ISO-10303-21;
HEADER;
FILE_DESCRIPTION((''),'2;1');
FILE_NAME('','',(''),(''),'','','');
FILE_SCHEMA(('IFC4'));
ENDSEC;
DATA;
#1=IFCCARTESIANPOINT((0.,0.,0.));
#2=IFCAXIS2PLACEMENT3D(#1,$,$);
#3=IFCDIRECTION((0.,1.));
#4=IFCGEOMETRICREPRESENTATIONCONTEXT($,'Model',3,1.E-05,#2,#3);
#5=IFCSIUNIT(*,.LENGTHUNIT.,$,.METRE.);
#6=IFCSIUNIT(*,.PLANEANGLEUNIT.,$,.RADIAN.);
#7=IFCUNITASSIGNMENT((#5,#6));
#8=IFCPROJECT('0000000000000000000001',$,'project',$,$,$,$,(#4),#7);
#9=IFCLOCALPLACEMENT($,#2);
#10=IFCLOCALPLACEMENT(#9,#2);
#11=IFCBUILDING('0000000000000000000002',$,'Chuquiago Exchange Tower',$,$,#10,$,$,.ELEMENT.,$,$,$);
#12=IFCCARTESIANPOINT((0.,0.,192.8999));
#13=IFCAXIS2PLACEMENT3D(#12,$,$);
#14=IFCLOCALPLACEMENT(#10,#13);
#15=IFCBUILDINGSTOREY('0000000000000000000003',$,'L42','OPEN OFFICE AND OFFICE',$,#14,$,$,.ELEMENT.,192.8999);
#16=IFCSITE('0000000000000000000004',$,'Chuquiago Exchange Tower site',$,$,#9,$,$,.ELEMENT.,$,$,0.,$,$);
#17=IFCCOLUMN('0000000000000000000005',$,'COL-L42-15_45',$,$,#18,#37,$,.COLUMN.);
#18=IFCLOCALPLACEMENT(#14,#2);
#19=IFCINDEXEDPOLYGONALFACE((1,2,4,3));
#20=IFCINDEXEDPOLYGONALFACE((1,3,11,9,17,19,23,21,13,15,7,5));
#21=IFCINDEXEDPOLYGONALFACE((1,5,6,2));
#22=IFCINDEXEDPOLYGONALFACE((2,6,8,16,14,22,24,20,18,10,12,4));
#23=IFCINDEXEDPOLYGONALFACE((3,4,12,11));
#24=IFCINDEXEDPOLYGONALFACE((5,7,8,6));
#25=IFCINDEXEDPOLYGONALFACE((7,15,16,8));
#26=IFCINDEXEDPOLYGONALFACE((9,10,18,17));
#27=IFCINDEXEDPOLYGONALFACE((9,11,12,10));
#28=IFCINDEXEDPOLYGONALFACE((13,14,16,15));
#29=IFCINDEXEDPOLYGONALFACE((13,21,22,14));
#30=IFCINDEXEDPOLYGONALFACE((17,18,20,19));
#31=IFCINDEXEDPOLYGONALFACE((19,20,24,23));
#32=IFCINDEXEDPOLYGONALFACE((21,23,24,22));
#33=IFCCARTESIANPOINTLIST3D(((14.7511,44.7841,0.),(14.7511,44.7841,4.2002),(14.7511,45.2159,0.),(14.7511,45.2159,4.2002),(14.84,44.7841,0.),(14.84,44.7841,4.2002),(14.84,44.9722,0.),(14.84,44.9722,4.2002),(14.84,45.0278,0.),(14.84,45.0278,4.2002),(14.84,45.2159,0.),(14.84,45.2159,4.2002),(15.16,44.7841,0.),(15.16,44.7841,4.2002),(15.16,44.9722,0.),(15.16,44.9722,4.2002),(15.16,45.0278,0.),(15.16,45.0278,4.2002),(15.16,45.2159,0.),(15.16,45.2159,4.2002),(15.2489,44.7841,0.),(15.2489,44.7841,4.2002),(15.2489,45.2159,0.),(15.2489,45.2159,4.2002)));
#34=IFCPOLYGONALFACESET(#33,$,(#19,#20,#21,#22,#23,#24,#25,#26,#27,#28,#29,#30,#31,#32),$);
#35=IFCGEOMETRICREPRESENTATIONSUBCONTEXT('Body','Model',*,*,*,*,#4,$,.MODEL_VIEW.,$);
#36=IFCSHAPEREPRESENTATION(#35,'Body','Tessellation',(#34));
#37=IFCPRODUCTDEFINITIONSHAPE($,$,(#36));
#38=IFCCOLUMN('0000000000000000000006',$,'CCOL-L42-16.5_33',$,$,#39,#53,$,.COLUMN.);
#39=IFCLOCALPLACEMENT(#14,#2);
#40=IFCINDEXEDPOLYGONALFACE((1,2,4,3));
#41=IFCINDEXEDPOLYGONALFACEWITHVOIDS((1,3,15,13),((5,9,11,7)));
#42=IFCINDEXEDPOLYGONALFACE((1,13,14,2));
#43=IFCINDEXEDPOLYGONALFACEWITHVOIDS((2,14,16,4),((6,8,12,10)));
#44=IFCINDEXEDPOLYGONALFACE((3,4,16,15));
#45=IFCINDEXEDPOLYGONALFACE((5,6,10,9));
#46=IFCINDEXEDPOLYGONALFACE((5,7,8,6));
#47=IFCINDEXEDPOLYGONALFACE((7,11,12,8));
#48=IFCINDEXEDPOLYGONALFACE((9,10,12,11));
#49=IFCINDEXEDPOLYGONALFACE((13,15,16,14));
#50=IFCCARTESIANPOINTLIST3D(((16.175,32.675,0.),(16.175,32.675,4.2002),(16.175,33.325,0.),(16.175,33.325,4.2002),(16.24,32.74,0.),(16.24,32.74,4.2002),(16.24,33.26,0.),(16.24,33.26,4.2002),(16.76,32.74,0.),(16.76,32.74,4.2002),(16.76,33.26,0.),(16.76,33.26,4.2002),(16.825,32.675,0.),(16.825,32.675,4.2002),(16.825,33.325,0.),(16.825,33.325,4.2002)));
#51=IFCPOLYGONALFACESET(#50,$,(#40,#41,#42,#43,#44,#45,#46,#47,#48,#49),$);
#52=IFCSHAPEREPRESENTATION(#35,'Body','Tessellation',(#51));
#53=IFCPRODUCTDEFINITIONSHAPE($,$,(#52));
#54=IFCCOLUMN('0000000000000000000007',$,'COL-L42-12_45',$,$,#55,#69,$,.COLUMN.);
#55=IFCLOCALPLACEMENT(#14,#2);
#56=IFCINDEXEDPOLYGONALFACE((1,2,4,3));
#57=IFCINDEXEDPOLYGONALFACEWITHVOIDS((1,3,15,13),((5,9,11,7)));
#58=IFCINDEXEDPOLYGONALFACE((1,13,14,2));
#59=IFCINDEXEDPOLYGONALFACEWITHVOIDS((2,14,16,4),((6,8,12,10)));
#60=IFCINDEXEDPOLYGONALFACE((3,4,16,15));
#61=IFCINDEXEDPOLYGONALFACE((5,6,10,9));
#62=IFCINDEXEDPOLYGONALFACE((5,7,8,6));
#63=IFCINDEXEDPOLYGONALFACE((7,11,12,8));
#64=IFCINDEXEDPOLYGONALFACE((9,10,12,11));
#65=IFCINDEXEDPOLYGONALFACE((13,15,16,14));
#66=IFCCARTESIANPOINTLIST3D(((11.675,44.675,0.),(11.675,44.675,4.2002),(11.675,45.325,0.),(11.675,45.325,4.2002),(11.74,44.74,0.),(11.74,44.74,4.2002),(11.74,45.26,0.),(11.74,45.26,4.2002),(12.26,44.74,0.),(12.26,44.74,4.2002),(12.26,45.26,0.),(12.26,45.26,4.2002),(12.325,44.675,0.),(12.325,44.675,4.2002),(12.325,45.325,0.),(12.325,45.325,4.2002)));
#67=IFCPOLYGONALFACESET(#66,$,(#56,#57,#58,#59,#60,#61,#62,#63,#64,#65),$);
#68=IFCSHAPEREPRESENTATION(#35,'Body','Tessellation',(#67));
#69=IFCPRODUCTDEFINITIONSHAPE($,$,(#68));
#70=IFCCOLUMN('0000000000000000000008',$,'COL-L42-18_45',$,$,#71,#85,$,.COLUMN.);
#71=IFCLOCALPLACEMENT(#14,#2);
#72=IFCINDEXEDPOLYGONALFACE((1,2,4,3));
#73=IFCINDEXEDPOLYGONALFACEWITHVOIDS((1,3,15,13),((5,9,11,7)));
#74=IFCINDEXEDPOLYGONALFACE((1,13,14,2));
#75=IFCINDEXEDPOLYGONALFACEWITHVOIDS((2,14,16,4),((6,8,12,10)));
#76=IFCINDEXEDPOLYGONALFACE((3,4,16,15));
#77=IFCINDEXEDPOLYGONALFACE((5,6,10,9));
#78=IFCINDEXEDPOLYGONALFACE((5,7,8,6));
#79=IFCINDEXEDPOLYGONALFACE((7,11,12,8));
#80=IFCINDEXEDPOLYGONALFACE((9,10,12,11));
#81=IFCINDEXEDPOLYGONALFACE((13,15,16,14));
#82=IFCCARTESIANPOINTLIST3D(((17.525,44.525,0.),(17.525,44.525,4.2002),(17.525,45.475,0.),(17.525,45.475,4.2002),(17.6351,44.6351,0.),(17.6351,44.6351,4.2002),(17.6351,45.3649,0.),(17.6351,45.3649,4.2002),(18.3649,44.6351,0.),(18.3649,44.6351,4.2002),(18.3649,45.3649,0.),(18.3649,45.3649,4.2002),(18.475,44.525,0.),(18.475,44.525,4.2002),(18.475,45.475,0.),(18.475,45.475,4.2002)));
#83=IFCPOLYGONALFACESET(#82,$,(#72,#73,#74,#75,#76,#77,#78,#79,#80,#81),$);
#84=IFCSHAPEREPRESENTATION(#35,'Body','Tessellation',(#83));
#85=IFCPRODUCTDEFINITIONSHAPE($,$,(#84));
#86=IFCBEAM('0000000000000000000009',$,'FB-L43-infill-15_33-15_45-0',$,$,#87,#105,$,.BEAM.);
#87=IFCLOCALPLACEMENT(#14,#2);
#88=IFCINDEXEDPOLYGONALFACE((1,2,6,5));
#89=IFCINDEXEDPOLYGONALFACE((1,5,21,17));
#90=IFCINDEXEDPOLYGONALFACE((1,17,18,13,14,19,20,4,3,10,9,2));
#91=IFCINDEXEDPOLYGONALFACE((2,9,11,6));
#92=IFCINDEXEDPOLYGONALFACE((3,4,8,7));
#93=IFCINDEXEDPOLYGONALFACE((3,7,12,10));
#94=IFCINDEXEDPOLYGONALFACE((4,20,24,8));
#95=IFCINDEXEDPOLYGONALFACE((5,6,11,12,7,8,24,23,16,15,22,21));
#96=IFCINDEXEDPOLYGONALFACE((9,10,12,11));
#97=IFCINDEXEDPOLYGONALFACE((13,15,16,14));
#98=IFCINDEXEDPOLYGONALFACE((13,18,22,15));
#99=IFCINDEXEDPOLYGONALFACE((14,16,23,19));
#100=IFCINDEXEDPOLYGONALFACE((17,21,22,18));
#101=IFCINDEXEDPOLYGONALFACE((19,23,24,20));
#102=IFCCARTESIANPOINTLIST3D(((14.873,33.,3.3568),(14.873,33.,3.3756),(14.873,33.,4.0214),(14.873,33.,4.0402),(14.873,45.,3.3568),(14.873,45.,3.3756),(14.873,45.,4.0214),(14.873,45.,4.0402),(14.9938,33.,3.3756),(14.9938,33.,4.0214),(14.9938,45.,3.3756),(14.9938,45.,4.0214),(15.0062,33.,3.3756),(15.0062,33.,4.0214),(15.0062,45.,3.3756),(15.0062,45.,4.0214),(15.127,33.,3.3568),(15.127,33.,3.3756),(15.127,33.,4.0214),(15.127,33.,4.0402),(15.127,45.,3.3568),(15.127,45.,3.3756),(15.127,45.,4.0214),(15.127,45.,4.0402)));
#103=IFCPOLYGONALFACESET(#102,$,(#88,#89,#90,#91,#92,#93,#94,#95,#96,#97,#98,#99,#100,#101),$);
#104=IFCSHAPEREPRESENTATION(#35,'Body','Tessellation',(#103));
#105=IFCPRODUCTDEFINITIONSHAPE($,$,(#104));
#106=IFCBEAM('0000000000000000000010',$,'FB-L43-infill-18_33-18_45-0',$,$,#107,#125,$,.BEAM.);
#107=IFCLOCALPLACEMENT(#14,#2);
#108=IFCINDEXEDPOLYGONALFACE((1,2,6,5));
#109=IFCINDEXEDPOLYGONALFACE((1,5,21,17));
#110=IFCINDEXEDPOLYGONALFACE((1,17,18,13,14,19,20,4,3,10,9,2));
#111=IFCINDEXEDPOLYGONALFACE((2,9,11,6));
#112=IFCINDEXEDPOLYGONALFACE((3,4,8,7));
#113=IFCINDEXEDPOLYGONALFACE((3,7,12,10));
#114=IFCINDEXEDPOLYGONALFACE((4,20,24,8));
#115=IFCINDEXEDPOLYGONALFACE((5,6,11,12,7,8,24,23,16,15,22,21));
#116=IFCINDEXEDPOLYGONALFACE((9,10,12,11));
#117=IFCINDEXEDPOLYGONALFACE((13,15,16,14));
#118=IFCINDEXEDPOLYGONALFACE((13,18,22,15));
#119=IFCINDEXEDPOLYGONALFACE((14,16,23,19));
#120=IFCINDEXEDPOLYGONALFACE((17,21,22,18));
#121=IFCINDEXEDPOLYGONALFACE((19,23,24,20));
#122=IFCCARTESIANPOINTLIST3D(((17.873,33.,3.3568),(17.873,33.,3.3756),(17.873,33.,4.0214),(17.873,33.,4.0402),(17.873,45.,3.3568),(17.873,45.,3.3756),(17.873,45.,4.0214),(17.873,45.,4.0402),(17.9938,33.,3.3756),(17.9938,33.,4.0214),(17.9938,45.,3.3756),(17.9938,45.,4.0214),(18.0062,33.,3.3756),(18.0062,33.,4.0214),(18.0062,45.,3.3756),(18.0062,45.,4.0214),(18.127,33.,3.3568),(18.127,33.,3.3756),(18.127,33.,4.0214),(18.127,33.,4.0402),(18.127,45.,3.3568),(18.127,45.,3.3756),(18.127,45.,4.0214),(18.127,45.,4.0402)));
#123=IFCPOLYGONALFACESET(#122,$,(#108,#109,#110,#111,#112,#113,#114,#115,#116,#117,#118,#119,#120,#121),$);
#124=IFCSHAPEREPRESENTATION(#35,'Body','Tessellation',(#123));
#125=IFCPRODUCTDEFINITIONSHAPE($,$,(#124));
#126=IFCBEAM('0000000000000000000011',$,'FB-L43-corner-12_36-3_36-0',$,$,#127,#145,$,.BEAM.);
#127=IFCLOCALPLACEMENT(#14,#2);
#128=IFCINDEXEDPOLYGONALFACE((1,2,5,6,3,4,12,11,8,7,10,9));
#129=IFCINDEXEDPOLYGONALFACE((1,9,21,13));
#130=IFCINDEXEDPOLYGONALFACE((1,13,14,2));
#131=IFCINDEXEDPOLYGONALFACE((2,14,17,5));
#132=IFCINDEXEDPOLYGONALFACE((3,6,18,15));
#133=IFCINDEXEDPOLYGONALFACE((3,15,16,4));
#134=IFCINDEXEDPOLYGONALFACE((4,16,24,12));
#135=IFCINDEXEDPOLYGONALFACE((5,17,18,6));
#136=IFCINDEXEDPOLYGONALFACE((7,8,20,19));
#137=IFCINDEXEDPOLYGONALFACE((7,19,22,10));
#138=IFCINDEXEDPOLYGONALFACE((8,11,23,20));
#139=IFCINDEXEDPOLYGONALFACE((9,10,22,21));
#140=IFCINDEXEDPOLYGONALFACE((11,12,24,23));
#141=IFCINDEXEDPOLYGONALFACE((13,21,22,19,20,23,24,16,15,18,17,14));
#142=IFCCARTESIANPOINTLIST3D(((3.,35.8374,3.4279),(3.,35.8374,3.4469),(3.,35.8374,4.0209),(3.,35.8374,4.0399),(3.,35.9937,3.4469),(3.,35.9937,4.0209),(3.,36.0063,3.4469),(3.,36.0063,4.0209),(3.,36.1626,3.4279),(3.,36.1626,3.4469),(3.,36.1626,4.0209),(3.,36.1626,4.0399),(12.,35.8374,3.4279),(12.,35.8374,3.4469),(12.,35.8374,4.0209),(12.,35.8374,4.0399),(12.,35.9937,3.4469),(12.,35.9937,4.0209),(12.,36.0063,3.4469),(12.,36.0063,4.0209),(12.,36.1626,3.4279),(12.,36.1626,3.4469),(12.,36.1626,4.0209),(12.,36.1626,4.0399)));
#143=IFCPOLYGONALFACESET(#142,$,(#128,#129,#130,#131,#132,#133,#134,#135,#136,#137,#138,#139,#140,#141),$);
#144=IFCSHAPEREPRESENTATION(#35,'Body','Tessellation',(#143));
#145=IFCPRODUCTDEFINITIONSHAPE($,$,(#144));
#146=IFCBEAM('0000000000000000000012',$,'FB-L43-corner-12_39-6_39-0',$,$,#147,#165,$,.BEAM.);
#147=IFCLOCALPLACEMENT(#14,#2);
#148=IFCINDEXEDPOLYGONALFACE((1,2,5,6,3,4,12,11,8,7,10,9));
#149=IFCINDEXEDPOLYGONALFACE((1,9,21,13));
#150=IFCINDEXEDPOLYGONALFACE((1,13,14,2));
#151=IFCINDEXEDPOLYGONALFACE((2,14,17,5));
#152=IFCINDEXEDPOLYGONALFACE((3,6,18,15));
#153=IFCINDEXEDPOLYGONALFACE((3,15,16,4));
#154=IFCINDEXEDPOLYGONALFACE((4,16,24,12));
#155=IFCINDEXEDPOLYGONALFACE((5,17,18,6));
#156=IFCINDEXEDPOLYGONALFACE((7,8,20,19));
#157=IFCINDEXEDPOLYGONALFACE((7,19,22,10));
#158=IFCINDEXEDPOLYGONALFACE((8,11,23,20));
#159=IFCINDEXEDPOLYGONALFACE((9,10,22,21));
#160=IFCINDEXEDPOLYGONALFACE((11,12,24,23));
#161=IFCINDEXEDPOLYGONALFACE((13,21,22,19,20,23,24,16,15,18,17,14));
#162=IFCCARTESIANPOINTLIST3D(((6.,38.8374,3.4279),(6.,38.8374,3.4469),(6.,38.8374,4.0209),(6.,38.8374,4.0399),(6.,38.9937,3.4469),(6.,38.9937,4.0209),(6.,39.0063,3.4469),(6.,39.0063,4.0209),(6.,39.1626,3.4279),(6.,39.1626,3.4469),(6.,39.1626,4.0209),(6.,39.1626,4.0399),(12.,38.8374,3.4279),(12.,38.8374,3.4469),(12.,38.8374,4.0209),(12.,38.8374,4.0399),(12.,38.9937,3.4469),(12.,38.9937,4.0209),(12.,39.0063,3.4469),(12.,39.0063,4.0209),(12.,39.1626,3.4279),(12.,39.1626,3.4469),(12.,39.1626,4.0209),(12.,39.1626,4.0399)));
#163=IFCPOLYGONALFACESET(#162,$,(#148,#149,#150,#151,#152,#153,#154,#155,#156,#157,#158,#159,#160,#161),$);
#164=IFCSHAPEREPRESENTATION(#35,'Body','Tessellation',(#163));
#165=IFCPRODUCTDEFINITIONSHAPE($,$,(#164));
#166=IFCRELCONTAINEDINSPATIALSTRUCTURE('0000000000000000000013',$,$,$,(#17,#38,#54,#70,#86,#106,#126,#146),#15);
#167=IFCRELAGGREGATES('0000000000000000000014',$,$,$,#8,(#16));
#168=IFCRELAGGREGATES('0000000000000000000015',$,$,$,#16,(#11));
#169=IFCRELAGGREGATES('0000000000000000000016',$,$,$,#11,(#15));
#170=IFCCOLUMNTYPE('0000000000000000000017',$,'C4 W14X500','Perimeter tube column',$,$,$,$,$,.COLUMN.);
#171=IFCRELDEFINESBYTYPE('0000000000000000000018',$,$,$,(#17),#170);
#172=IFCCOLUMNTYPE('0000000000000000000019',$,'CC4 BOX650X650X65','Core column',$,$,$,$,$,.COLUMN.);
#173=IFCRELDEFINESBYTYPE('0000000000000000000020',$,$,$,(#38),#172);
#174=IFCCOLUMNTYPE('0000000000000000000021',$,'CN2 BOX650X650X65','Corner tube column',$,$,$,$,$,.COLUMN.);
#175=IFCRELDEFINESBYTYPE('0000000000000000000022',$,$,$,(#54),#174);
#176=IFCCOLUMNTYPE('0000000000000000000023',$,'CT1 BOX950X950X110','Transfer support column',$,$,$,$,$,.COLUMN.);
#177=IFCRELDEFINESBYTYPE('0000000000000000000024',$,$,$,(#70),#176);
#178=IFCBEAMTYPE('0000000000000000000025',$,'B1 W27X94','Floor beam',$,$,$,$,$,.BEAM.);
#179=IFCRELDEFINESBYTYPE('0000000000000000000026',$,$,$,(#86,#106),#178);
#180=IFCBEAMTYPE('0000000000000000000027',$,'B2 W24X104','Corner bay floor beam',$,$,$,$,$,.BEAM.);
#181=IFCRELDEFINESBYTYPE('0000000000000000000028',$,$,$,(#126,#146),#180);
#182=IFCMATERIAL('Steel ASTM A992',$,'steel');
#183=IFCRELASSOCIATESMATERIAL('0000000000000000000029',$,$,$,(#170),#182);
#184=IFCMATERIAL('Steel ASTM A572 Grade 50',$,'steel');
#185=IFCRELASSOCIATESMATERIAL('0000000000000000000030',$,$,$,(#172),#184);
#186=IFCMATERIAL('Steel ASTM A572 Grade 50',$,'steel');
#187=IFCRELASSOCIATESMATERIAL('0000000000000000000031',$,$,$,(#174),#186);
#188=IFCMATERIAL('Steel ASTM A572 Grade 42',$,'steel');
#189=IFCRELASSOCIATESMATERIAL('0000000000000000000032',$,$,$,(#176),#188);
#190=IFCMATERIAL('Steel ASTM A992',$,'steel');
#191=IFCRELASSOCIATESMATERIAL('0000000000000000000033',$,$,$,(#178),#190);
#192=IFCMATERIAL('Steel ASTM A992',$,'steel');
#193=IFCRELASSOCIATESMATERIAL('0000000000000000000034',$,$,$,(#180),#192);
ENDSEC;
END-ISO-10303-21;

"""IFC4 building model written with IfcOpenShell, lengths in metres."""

from ifc_helpers import new_model, si_unit, direction, frame, origin, origin_2d, place, context, subcontext, project, spatial, hollow_rectangle, i_section, extrude, material, material_profile, profile_set, type_object, element, save


model = new_model("IFC4")

# Units and contexts
model_context = context("Model", 3, precision=1e-05, world=origin(), true_north=direction((0.0, 1.0)))
body_context = subcontext(model_context, "Body", "Model", "MODEL_VIEW")
ifc_project = project(units=[si_unit("LENGTHUNIT", "METRE"), si_unit("PLANEANGLEUNIT", "RADIAN")], contexts=[model_context])

# Site, building, storey
site_placement = place(None, origin())
site = spatial("IfcSite", under=ifc_project, at=site_placement, Name="Chuquiago Exchange Tower site", CompositionType="ELEMENT", RefElevation=0.0)
building_placement = place(site_placement, origin())
building = spatial("IfcBuilding", under=site, at=building_placement, Name="Chuquiago Exchange Tower", CompositionType="ELEMENT")
storey_placement = place(building_placement, frame((0.0, 0.0, 192.8999)))
storey = spatial("IfcBuildingStorey", under=building, at=storey_placement, Name="L42", Description="OPEN OFFICE AND OFFICE", CompositionType="ELEMENT", Elevation=192.8999)

# Columns
ifc_material_1 = material(Name="Steel ASTM A992", Category="steel")
ifc_material_profile_1 = material_profile(ifc_material_1, i_section(OverallWidth=0.4319, OverallDepth=0.4978, WebThickness=0.0557, FlangeThickness=0.0889, at=origin_2d()), Name="W14X500")
ifc_profile_set_1 = profile_set([ifc_material_profile_1], Name="Steel ASTM A992")
column_type_1 = type_object("IfcColumnType", Name="C4 W14X500", Description="Perimeter tube column", PredefinedType="COLUMN", material=ifc_profile_set_1)
column_1_placement = place(storey_placement, frame((15.0, 45.0, 0.0), z_axis=(0.0, 0.0, 1.0), x_axis=(0.0, 1.0, 0.0)))
element("IfcColumn", 1, at=column_1_placement, inside=storey, type_object=column_type_1, Name="COL-L42-15_45", PredefinedType="COLUMN", context=body_context, shape_type="SweptSolid", body=[
    extrude(i_section(OverallWidth=0.4319, OverallDepth=0.4978, WebThickness=0.0557, FlangeThickness=0.0889, at=origin_2d()), origin(), (0.0, 0.0, 1.0), 4.2002),
])
ifc_material_2 = material(Name="Steel ASTM A572 Grade 50", Category="steel")
ifc_material_profile_2 = material_profile(ifc_material_2, hollow_rectangle(XDim=0.6499, YDim=0.6499, WallThickness=0.0649, at=origin_2d()), Name="BOX650X650X65")
ifc_profile_set_2 = profile_set([ifc_material_profile_2], Name="Steel ASTM A572 Grade 50")
column_type_2 = type_object("IfcColumnType", Name="CC4 BOX650X650X65", Description="Core column", PredefinedType="COLUMN", material=ifc_profile_set_2)
column_2_placement = place(storey_placement, frame((16.5, 33.0, 0.0), z_axis=(0.0, 0.0, 1.0), x_axis=(1.0, 0.0, 0.0)))
element("IfcColumn", 2, at=column_2_placement, inside=storey, type_object=column_type_2, Name="CCOL-L42-16.5_33", PredefinedType="COLUMN", context=body_context, shape_type="SweptSolid", body=[
    extrude(hollow_rectangle(XDim=0.6499, YDim=0.6499, WallThickness=0.0649, at=origin_2d()), origin(), (0.0, 0.0, 1.0), 4.2002),
])
ifc_material_3 = material(Name="Steel ASTM A572 Grade 50", Category="steel")
ifc_material_profile_3 = material_profile(ifc_material_3, hollow_rectangle(XDim=0.6499, YDim=0.6499, WallThickness=0.0649, at=origin_2d()), Name="BOX650X650X65")
ifc_profile_set_3 = profile_set([ifc_material_profile_3], Name="Steel ASTM A572 Grade 50")
column_type_3 = type_object("IfcColumnType", Name="CN2 BOX650X650X65", Description="Corner tube column", PredefinedType="COLUMN", material=ifc_profile_set_3)
column_3_placement = place(storey_placement, frame((12.0, 45.0, 0.0), z_axis=(0.0, 0.0, 1.0), x_axis=(0.0, 1.0, 0.0)))
element("IfcColumn", 3, at=column_3_placement, inside=storey, type_object=column_type_3, Name="COL-L42-12_45", PredefinedType="COLUMN", context=body_context, shape_type="SweptSolid", body=[
    extrude(hollow_rectangle(XDim=0.6499, YDim=0.6499, WallThickness=0.0649, at=origin_2d()), origin(), (0.0, 0.0, 1.0), 4.2002),
])
ifc_material_4 = material(Name="Steel ASTM A572 Grade 42", Category="steel")
ifc_material_profile_4 = material_profile(ifc_material_4, hollow_rectangle(XDim=0.95, YDim=0.95, WallThickness=0.1101, at=origin_2d()), Name="BOX950X950X110")
ifc_profile_set_4 = profile_set([ifc_material_profile_4], Name="Steel ASTM A572 Grade 42")
column_type_4 = type_object("IfcColumnType", Name="CT1 BOX950X950X110", Description="Transfer support column", PredefinedType="COLUMN", material=ifc_profile_set_4)
column_4_placement = place(storey_placement, frame((18.0, 45.0, 0.0), z_axis=(0.0, 0.0, 1.0), x_axis=(0.0, 1.0, 0.0)))
element("IfcColumn", 4, at=column_4_placement, inside=storey, type_object=column_type_4, Name="COL-L42-18_45", PredefinedType="COLUMN", context=body_context, shape_type="SweptSolid", body=[
    extrude(hollow_rectangle(XDim=0.95, YDim=0.95, WallThickness=0.1101, at=origin_2d()), origin(), (0.0, 0.0, 1.0), 4.2002),
])

# Beams
ifc_material_5 = material(Name="Steel ASTM A992", Category="steel")
ifc_material_profile_5 = material_profile(ifc_material_5, i_section(OverallWidth=0.2539, OverallDepth=0.6833, WebThickness=0.0125, FlangeThickness=0.0188, at=origin_2d()), Name="W27X94")
ifc_profile_set_5 = profile_set([ifc_material_profile_5], Name="Steel ASTM A992")
beam_type_1 = type_object("IfcBeamType", Name="B1 W27X94", Description="Floor beam", PredefinedType="BEAM", material=ifc_profile_set_5)
for number, where, z_axis, x_axis, name in (
    (5, (15.0, 33.0, 3.6985), (0.0, 1.0, 0.0), (-1.0, 0.0, 0.0), "FB-L43-infill-15_33-15_45-0"),
    (6, (18.0, 33.0, 3.6985), (0.0, 1.0, 0.0), (-1.0, 0.0, 0.0), "FB-L43-infill-18_33-18_45-0"),
):
    element("IfcBeam", number, at=place(storey_placement, frame(where, z_axis=z_axis, x_axis=x_axis)), inside=storey, type_object=beam_type_1, Name=name, PredefinedType="BEAM", context=body_context, shape_type="SweptSolid", body=[
        extrude(i_section(OverallWidth=0.2539, OverallDepth=0.6833, WebThickness=0.0125, FlangeThickness=0.0188, at=origin_2d()), origin(), (0.0, 0.0, 1.0), 12.0),
    ])
ifc_material_6 = material(Name="Steel ASTM A992", Category="steel")
ifc_material_profile_6 = material_profile(ifc_material_6, i_section(OverallWidth=0.3252, OverallDepth=0.6121, WebThickness=0.0127, FlangeThickness=0.019, at=origin_2d()), Name="W24X104")
ifc_profile_set_6 = profile_set([ifc_material_profile_6], Name="Steel ASTM A992")
beam_type_2 = type_object("IfcBeamType", Name="B2 W24X104", Description="Corner bay floor beam", PredefinedType="BEAM", material=ifc_profile_set_6)
beam_1_placement = place(storey_placement, frame((12.0, 36.0, 3.7339), z_axis=(-1.0, 0.0, 0.0), x_axis=(0.0, -1.0, 0.0)))
element("IfcBeam", 7, at=beam_1_placement, inside=storey, type_object=beam_type_2, Name="FB-L43-corner-12_36-3_36-0", PredefinedType="BEAM", context=body_context, shape_type="SweptSolid", body=[
    extrude(i_section(OverallWidth=0.3252, OverallDepth=0.6121, WebThickness=0.0127, FlangeThickness=0.019, at=origin_2d()), origin(), (0.0, 0.0, 1.0), 9.0),
])
beam_2_placement = place(storey_placement, frame((12.0, 39.0, 3.7339), z_axis=(-1.0, 0.0, 0.0), x_axis=(0.0, -1.0, 0.0)))
element("IfcBeam", 8, at=beam_2_placement, inside=storey, type_object=beam_type_2, Name="FB-L43-corner-12_39-6_39-0", PredefinedType="BEAM", context=body_context, shape_type="SweptSolid", body=[
    extrude(i_section(OverallWidth=0.3252, OverallDepth=0.6121, WebThickness=0.0127, FlangeThickness=0.019, at=origin_2d()), origin(), (0.0, 0.0, 1.0), 6.0),
])

save(model, "model.ifc")
